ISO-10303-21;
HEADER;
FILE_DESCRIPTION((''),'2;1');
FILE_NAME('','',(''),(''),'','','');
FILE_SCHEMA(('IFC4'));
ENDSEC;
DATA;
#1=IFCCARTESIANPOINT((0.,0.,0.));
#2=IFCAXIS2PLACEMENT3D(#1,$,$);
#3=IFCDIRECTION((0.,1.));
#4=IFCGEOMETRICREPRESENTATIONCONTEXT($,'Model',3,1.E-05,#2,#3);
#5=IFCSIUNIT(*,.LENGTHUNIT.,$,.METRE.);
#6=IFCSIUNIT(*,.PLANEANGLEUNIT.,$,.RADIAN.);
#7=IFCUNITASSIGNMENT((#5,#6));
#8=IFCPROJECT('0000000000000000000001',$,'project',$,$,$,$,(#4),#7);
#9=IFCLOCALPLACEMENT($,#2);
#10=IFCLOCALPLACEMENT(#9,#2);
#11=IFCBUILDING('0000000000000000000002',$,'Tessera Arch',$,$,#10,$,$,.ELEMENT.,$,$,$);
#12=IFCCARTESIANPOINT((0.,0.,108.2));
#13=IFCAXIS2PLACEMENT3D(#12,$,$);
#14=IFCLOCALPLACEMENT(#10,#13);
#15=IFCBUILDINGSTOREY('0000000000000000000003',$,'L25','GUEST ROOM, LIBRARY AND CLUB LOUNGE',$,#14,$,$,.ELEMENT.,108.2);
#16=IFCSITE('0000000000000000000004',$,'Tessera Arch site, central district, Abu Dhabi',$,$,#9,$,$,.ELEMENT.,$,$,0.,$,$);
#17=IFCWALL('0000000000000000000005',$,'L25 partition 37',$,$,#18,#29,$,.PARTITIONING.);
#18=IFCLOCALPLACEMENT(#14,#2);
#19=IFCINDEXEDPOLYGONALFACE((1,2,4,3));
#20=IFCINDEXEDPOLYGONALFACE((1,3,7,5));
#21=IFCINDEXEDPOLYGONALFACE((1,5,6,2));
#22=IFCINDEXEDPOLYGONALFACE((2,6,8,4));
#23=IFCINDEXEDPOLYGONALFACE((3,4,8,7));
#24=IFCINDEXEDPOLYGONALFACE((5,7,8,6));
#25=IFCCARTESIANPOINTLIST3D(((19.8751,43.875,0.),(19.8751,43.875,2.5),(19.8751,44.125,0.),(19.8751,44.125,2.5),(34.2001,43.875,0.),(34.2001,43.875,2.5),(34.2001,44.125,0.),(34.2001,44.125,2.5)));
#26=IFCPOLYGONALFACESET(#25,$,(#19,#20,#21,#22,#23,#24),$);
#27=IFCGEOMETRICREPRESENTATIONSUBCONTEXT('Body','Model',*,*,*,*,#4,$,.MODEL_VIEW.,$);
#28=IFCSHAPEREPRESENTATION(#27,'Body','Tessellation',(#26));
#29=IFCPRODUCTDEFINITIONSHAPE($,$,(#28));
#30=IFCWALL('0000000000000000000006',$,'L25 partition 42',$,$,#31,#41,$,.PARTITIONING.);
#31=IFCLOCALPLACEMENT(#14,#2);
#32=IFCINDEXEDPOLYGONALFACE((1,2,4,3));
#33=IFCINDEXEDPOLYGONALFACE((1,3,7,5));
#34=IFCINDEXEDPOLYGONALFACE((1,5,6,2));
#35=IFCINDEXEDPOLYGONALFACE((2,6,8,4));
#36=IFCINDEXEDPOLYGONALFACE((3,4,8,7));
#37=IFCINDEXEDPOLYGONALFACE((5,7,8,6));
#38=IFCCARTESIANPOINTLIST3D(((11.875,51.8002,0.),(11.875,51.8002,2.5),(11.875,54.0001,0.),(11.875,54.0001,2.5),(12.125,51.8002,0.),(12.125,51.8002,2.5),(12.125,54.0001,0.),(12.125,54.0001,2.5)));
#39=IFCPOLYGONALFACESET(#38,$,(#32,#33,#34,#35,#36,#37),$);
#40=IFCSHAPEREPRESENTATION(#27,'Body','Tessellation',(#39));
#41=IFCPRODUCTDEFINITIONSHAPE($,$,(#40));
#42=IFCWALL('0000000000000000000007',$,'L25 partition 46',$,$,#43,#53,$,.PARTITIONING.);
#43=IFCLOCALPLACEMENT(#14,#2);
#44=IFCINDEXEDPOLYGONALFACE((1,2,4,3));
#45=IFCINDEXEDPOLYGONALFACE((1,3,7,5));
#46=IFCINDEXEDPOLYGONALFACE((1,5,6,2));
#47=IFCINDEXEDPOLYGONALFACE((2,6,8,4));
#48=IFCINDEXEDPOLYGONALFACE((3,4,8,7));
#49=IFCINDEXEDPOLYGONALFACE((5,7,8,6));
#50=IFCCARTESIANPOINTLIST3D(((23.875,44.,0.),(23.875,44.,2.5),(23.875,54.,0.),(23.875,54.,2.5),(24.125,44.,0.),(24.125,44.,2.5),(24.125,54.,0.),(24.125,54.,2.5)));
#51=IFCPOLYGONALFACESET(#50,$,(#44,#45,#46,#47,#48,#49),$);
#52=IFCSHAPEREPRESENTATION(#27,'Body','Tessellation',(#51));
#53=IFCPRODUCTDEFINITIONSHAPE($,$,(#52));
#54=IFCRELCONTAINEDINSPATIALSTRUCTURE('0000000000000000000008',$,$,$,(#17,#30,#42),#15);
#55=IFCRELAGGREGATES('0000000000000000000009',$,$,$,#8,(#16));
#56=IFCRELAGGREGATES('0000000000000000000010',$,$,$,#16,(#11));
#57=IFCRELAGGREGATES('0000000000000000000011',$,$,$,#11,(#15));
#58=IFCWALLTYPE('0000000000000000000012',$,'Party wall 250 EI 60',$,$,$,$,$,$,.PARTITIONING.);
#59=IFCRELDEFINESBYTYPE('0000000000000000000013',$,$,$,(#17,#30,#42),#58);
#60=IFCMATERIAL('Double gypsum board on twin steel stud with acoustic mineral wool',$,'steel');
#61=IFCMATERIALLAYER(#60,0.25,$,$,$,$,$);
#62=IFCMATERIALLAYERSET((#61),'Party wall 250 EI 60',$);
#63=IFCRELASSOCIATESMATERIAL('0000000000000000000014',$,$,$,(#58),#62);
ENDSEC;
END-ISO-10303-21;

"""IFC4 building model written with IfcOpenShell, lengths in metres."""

from ifc_helpers import new_model, si_unit, direction, frame, frame_2d, origin, place, context, subcontext, project, spatial, rectangle, extrude, material, layer, layer_set, type_object, element, save


model = new_model("IFC4")

# Units and contexts
model_context = context("Model", 3, precision=1e-05, world=origin(), true_north=direction((0.0, 1.0)))
body_context = subcontext(model_context, "Body", "Model", "MODEL_VIEW")
ifc_project = project(units=[si_unit("LENGTHUNIT", "METRE"), si_unit("PLANEANGLEUNIT", "RADIAN")], contexts=[model_context])

# Site, building, storey
site_placement = place(None, origin())
site = spatial("IfcSite", under=ifc_project, at=site_placement, Name="Tessera Arch site, central district, Abu Dhabi", CompositionType="ELEMENT", RefElevation=0.0)
building_placement = place(site_placement, origin())
building = spatial("IfcBuilding", under=site, at=building_placement, Name="Tessera Arch", CompositionType="ELEMENT")
storey_placement = place(building_placement, frame((0.0, 0.0, 108.2)))
storey = spatial("IfcBuildingStorey", under=building, at=storey_placement, Name="L25", Description="GUEST ROOM, LIBRARY AND CLUB LOUNGE", CompositionType="ELEMENT", Elevation=108.2)

# Walls
ifc_material_1 = material(Name="Double gypsum board on twin steel stud with acoustic mineral wool", Category="steel")
ifc_layer_1 = layer(ifc_material_1, 0.25)
ifc_layer_set_1 = layer_set([ifc_layer_1], Name="Party wall 250 EI 60")
wall_type_1 = type_object("IfcWallType", Name="Party wall 250 EI 60", PredefinedType="PARTITIONING", material=ifc_layer_set_1)
wall_1_placement = place(storey_placement, frame((19.875, 44.0, 0.0), z_axis=(0.0, 0.0, 1.0), x_axis=(1.0, 0.0, 0.0)))
element("IfcWall", 1, at=wall_1_placement, inside=storey, type_object=wall_type_1, Name="L25 partition 37", PredefinedType="PARTITIONING", context=body_context, shape_type="SweptSolid", body=[
    extrude(rectangle(XDim=14.325, YDim=0.25, at=frame_2d((7.1626, 0.0))), origin(), (0.0, 0.0, 1.0), 2.5),
])
wall_2_placement = place(storey_placement, frame((12.0, 51.8, 0.0), z_axis=(0.0, 0.0, 1.0), x_axis=(0.0, 1.0, 0.0)))
element("IfcWall", 2, at=wall_2_placement, inside=storey, type_object=wall_type_1, Name="L25 partition 42", PredefinedType="PARTITIONING", context=body_context, shape_type="SweptSolid", body=[
    extrude(rectangle(XDim=2.2, YDim=0.25, at=frame_2d((1.1001, 0.0))), origin(), (0.0, 0.0, 1.0), 2.5),
])
wall_3_placement = place(storey_placement, frame((24.0, 44.0, 0.0), z_axis=(0.0, 0.0, 1.0), x_axis=(0.0, 1.0, 0.0)))
element("IfcWall", 3, at=wall_3_placement, inside=storey, type_object=wall_type_1, Name="L25 partition 46", PredefinedType="PARTITIONING", context=body_context, shape_type="SweptSolid", body=[
    extrude(rectangle(XDim=10.0, YDim=0.25, at=frame_2d((5.0, 0.0))), origin(), (0.0, 0.0, 1.0), 2.5),
])

save(model, "model.ifc")
